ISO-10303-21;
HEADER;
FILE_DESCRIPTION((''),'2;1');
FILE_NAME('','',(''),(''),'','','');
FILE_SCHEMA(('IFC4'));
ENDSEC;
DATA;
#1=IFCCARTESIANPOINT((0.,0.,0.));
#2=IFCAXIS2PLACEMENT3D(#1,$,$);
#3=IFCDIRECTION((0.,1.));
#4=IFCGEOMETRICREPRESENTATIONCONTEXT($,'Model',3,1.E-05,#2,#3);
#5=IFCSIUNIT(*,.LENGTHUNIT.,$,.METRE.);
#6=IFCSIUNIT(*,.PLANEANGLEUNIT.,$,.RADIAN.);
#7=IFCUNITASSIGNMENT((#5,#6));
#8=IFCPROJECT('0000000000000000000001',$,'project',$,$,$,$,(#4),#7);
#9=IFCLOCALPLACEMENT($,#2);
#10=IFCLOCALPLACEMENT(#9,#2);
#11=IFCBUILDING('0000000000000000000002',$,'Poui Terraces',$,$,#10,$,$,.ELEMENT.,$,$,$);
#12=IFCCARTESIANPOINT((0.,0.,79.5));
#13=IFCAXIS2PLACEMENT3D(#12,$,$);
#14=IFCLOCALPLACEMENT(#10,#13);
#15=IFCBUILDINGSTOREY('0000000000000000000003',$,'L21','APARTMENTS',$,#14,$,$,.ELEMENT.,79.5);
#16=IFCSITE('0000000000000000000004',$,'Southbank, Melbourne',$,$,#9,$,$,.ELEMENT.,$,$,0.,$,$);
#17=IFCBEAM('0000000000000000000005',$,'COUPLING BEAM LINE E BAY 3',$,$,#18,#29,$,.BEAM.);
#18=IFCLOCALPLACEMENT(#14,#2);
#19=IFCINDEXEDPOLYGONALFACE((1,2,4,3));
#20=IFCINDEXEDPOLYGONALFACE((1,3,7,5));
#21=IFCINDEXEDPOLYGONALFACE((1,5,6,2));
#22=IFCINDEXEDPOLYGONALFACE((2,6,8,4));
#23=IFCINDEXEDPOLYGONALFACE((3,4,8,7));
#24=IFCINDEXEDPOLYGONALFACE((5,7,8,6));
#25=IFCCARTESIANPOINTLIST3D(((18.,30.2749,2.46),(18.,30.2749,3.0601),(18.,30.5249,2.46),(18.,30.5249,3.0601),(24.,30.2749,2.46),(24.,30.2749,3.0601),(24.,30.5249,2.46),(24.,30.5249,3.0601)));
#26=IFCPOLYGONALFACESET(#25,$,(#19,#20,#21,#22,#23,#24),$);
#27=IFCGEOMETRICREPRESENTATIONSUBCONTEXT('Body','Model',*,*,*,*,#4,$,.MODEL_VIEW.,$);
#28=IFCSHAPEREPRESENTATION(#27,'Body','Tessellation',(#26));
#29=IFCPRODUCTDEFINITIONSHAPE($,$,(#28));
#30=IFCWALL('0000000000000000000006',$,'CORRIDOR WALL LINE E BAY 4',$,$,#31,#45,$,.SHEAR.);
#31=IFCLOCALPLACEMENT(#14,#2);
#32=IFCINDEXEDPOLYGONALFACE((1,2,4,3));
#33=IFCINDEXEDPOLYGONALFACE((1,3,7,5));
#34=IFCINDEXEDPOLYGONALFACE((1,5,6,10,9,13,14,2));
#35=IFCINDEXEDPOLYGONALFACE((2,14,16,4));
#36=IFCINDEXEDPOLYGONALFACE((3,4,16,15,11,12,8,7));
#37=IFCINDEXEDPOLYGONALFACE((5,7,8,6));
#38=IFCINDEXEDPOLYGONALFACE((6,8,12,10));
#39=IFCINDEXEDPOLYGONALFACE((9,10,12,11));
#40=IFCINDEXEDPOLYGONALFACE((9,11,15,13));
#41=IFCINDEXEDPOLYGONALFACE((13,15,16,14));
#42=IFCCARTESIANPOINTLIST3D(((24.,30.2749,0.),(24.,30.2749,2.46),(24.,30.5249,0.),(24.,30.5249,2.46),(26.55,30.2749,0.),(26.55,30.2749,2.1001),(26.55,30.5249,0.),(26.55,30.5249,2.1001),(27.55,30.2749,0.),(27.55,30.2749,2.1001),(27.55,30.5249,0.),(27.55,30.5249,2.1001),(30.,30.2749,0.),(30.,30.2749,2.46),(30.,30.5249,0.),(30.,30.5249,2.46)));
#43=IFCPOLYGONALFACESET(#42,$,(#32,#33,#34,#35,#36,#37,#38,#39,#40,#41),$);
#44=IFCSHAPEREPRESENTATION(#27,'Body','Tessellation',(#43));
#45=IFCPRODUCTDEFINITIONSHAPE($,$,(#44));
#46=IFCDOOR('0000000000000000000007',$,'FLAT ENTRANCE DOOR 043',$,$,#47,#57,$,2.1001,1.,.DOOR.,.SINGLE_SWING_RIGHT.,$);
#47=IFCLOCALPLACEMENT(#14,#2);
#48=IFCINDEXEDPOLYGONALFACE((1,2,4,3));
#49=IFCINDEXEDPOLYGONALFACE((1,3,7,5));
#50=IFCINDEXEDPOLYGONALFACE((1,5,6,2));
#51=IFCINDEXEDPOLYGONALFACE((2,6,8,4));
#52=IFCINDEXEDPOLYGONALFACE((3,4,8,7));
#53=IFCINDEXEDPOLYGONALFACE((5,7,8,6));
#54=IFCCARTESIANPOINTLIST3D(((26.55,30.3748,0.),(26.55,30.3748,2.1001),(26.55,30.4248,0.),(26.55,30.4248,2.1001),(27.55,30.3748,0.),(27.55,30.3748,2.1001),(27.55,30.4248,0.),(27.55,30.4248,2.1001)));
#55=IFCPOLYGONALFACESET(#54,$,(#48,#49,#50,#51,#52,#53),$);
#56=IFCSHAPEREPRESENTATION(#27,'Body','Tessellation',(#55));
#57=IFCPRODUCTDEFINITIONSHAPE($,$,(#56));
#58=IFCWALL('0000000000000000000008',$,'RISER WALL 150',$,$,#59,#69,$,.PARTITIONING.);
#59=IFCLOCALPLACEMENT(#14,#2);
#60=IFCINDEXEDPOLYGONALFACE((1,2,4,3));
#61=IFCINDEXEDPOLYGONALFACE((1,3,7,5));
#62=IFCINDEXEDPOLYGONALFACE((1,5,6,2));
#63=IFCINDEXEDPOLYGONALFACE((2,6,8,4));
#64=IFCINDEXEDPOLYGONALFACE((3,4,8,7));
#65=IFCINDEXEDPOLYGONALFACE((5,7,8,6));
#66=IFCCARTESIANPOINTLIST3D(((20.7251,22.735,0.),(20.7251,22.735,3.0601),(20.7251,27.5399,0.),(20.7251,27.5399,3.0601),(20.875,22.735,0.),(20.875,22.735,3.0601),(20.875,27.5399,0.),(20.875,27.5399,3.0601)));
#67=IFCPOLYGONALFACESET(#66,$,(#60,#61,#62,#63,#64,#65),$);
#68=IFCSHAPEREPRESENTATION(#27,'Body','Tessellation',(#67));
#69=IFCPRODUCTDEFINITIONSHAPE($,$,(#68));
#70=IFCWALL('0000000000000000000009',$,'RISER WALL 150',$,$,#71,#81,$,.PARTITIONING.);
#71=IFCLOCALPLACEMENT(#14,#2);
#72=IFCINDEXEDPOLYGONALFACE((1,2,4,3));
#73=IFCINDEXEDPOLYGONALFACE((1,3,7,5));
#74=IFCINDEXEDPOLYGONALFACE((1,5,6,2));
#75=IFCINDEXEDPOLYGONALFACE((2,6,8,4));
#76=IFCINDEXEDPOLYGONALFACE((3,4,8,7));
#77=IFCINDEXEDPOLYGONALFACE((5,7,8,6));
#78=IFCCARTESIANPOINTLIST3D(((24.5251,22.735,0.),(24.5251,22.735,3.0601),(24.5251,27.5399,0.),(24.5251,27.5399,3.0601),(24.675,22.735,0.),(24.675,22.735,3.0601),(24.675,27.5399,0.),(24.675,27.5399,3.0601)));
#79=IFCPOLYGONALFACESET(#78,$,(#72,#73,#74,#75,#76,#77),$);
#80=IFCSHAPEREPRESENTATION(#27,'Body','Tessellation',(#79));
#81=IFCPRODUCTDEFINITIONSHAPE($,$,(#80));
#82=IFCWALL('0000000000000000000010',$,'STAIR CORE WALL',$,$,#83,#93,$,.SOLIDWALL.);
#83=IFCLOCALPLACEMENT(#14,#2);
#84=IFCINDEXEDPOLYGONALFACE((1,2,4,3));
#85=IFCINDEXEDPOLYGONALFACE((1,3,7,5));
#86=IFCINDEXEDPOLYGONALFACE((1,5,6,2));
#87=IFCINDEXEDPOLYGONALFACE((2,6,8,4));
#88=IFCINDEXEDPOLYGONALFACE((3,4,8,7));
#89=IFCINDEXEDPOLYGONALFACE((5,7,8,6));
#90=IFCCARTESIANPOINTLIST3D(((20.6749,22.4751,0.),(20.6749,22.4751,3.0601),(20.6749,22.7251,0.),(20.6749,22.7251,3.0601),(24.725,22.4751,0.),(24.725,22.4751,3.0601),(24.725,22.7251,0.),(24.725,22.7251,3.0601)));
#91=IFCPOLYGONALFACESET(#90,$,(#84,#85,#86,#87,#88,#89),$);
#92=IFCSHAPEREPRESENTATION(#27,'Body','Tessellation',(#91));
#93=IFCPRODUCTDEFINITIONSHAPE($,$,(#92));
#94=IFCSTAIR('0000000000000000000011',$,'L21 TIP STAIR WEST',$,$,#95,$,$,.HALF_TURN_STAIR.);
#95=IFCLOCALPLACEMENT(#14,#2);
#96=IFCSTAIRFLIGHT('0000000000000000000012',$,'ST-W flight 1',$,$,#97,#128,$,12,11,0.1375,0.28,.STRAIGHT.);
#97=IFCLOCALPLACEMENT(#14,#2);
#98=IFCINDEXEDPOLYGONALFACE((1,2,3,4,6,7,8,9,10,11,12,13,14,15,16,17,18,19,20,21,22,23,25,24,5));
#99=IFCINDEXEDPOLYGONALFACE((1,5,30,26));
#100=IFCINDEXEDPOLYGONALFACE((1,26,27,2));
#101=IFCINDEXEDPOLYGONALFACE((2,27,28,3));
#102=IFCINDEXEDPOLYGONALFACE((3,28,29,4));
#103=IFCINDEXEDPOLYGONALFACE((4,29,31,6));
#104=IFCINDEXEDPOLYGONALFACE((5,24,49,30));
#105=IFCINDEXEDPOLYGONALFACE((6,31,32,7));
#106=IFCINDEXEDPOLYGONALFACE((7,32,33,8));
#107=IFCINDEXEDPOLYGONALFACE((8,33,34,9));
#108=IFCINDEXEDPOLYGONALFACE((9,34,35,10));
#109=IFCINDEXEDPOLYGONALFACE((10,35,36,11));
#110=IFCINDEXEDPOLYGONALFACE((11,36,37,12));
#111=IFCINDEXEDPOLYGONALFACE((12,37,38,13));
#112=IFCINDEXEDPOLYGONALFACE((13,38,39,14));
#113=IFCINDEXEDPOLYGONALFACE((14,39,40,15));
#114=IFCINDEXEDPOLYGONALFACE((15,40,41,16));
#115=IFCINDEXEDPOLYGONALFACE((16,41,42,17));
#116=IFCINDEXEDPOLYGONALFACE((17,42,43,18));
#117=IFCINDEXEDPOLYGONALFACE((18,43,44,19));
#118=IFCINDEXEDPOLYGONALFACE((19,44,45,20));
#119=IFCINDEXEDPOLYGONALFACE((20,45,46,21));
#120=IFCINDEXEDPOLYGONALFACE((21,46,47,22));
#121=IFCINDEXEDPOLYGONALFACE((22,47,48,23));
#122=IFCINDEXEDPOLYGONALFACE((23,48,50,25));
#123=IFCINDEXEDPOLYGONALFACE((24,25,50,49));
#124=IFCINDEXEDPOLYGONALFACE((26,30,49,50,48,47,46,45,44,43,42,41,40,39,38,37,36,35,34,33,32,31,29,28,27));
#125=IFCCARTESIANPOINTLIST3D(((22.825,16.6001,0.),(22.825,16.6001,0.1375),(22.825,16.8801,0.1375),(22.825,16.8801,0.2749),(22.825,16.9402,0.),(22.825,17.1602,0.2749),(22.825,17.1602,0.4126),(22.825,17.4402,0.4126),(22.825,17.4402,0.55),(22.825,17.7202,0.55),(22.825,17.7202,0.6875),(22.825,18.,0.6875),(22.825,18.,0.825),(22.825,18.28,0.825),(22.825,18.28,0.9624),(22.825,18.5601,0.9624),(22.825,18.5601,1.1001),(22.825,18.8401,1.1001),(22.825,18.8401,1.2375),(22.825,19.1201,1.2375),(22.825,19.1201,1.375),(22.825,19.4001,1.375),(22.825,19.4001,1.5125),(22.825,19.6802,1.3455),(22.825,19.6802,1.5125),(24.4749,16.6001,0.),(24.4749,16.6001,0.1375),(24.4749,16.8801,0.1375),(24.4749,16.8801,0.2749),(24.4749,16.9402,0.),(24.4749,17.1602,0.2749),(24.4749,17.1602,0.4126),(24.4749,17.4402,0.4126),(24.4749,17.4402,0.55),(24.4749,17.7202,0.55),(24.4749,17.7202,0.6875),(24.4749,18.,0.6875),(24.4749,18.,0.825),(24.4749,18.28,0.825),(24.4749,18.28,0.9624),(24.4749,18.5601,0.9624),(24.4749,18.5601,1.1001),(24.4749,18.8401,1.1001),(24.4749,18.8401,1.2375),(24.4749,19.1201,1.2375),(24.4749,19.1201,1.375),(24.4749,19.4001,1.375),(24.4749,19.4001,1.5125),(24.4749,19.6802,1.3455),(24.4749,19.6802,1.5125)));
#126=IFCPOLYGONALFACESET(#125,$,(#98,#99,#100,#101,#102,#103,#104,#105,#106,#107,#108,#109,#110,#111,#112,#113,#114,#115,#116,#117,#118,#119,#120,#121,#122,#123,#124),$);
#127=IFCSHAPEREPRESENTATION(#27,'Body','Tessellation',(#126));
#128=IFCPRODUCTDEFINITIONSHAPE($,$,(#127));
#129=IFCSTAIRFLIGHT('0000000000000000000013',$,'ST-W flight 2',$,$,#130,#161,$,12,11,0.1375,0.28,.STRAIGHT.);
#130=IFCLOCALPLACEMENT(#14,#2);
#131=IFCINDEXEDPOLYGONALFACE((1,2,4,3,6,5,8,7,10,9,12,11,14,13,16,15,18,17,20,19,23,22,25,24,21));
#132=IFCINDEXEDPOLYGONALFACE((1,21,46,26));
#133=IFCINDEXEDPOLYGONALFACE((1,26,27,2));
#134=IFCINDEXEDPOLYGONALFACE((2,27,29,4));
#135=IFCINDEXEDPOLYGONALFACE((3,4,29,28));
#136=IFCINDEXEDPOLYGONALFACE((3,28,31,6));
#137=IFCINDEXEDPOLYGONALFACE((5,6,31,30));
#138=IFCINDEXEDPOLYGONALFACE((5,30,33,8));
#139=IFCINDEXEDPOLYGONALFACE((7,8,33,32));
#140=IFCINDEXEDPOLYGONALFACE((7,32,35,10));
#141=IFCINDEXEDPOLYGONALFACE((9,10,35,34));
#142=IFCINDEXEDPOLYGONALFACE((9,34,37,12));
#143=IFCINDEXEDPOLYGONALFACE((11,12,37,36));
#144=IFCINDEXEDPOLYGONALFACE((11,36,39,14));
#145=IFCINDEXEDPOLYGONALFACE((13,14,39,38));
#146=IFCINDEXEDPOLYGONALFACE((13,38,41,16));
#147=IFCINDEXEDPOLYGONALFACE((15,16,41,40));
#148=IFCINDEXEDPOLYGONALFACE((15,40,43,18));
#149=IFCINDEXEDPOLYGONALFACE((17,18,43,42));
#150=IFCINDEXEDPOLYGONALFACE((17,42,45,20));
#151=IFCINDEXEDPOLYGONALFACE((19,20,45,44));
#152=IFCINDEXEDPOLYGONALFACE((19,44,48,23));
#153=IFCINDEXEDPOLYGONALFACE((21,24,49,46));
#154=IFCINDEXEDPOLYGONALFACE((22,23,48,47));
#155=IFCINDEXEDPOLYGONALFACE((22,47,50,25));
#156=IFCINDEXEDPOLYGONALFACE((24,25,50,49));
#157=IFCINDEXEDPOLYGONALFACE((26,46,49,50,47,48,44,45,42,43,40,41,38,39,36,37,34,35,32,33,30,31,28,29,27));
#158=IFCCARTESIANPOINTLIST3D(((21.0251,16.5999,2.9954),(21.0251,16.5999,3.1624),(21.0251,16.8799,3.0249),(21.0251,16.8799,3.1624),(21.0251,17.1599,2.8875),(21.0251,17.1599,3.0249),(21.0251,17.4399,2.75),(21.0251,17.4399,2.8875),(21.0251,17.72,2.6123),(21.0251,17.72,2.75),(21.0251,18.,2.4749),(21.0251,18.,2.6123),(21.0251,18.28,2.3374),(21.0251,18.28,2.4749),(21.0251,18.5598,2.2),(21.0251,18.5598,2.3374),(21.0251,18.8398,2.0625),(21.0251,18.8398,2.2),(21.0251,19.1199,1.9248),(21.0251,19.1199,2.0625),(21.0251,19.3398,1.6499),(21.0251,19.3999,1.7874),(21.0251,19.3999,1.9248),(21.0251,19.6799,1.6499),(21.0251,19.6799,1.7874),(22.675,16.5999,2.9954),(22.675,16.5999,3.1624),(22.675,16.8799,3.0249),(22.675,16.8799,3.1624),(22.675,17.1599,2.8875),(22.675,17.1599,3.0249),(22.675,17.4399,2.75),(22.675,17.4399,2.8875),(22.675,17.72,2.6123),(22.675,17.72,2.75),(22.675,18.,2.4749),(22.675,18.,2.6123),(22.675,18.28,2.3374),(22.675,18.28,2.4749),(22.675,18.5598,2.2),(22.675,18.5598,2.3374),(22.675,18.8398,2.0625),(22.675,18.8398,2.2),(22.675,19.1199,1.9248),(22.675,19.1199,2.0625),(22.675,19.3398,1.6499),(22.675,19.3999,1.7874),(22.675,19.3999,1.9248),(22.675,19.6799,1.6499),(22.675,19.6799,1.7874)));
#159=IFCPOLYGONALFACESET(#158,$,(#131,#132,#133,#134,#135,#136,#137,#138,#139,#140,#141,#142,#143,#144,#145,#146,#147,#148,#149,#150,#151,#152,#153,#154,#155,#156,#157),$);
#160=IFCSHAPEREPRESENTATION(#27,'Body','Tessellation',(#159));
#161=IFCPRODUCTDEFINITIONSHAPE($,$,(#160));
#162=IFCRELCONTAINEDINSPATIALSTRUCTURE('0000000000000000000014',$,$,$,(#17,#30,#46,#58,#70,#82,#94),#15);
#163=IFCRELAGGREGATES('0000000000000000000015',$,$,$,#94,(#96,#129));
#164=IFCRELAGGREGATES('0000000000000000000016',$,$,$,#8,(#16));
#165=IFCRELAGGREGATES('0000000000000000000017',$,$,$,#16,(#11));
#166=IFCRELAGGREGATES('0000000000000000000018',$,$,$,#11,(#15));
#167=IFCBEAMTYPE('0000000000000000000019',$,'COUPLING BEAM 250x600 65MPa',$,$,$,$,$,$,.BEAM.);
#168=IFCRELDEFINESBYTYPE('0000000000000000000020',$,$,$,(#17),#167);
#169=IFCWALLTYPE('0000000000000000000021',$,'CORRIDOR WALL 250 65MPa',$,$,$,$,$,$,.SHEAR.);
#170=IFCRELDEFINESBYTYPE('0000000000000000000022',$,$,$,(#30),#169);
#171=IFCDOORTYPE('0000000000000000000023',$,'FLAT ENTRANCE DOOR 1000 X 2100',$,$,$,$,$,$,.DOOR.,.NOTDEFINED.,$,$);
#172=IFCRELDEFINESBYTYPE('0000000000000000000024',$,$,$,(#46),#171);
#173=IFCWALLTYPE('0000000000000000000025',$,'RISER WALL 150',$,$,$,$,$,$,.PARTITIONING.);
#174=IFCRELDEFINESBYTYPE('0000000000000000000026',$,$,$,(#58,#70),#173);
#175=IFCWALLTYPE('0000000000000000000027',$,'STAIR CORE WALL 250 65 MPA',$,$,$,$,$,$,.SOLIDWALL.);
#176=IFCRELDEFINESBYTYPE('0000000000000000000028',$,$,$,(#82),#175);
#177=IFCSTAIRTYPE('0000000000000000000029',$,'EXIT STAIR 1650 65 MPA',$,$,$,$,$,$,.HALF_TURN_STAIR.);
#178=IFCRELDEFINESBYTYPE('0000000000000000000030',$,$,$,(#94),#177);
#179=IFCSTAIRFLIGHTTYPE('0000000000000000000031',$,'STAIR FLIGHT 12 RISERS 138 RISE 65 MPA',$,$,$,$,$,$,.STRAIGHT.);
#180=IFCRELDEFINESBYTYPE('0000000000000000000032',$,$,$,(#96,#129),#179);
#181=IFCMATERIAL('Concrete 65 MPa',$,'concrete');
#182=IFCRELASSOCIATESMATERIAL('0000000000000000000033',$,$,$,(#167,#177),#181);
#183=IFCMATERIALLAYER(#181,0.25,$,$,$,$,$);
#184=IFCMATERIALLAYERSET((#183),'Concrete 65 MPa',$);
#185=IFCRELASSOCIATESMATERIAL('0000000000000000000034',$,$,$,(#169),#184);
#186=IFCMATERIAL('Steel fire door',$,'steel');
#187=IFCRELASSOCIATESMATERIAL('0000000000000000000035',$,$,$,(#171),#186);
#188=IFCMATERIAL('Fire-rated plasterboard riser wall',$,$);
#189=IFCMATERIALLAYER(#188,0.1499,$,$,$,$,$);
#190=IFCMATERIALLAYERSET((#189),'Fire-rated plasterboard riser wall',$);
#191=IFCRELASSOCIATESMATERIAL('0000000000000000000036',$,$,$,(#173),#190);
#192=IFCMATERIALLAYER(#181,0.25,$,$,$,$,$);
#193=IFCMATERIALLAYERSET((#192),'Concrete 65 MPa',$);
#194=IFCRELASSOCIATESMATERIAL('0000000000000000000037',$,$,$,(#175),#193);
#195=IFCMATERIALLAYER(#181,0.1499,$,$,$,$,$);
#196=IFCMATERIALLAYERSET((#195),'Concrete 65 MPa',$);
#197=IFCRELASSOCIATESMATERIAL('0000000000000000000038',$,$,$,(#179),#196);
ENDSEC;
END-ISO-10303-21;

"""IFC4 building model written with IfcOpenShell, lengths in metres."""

from ifc_helpers import new_model, si_unit, direction, frame, frame_2d, origin, origin_2d, place, context, subcontext, project, spatial, polyline, rectangle, outline, extrude, source, transform, mapped, material, layer, layer_set, material_profile, profile_set, type_object, element, fill, aggregate, save


model = new_model("IFC4")

# Units and contexts
model_context = context("Model", 3, precision=1e-05, world=origin(), true_north=direction((0.0, 1.0)))
body_context = subcontext(model_context, "Body", "Model", "MODEL_VIEW")
ifc_project = project(units=[si_unit("LENGTHUNIT", "METRE"), si_unit("PLANEANGLEUNIT", "RADIAN")], contexts=[model_context])

# Site, building, storey
site_placement = place(None, origin())
site = spatial("IfcSite", under=ifc_project, at=site_placement, Name="Southbank, Melbourne", CompositionType="ELEMENT", RefElevation=0.0)
building_placement = place(site_placement, origin())
building = spatial("IfcBuilding", under=site, at=building_placement, Name="Poui Terraces", CompositionType="ELEMENT")
storey_placement = place(building_placement, frame((0.0, 0.0, 79.5)))
storey = spatial("IfcBuildingStorey", under=building, at=storey_placement, Name="L21", Description="APARTMENTS", CompositionType="ELEMENT", Elevation=79.5)

# Beam
ifc_material_1 = material(Name="Concrete 65 MPa", Category="concrete")
ifc_material_profile = material_profile(ifc_material_1, rectangle(XDim=0.25, YDim=0.6001, at=origin_2d()), Name="RC 250x600")
ifc_profile_set = profile_set([ifc_material_profile], Name="Concrete 65 MPa")
beam_type = type_object("IfcBeamType", Name="COUPLING BEAM 250x600 65MPa", PredefinedType="BEAM", material=ifc_profile_set)
shared_shape = source(origin(), body_context, "Body", "SweptSolid", [
    extrude(rectangle(XDim=0.25, YDim=0.6001, at=origin_2d()), origin(), (0.0, 0.0, 1.0), 6.0),
])
beam_placement = place(storey_placement, frame((18.0, 30.3999, 2.76), z_axis=(1.0, 0.0, 0.0), x_axis=(0.0, 1.0, 0.0)))
element("IfcBeam", 1, at=beam_placement, inside=storey, type_object=beam_type, Name="COUPLING BEAM LINE E BAY 3", PredefinedType="BEAM", context=body_context, shape_type="MappedRepresentation", body=[
    mapped(shared_shape, transform((0.0, 0.0, 0.0))),
])

# Wall, opening, door
ifc_layer_1 = layer(ifc_material_1, 0.25)
ifc_layer_set_1 = layer_set([ifc_layer_1], Name="Concrete 65 MPa")
wall_type_1 = type_object("IfcWallType", Name="CORRIDOR WALL 250 65MPa", PredefinedType="SHEAR", material=ifc_layer_set_1)
wall_1_placement = place(storey_placement, frame((24.0, 30.3999, 0.0), z_axis=(0.0, 0.0, 1.0), x_axis=(1.0, 0.0, 0.0)))
wall_1 = element("IfcWall", 2, at=wall_1_placement, inside=storey, type_object=wall_type_1, Name="CORRIDOR WALL LINE E BAY 4", PredefinedType="SHEAR", context=body_context, shape_type="SweptSolid", body=[
    extrude(rectangle(XDim=6.0, YDim=0.25, at=frame_2d((3.0, 0.0))), origin(), (0.0, 0.0, 1.0), 2.46),
])
opening_placement = place(wall_1_placement, frame((2.55, 0.0, 0.0)))
opening = element("IfcOpeningElement", 3, at=opening_placement, cuts=wall_1, PredefinedType="OPENING", context=body_context, shape_type="SweptSolid", body=[
    extrude(rectangle(XDim=1.0, YDim=2.1001, at=frame_2d((0.5, 1.05))), frame((0.0, 0.135, 0.0), z_axis=(0.0, -1.0, 0.0), x_axis=(1.0, 0.0, 0.0)), (0.0, 0.0, 1.0), 0.27),
])
ifc_material_2 = material(Name="Steel fire door", Category="steel")
door_type = type_object("IfcDoorType", Name="FLAT ENTRANCE DOOR 1000 X 2100", OperationType="NOTDEFINED", PredefinedType="DOOR", material=ifc_material_2)
door_placement = place(opening_placement, origin())
door = element("IfcDoor", 4, at=door_placement, inside=storey, type_object=door_type, Name="FLAT ENTRANCE DOOR 043", OperationType="SINGLE_SWING_RIGHT", OverallHeight=2.1001, OverallWidth=1.0, PredefinedType="DOOR", context=body_context, shape_type="SweptSolid", body=[
    extrude(rectangle(XDim=1.0, YDim=2.1001, at=frame_2d((0.5, 1.05))), frame((0.0, 0.0249, 0.0), z_axis=(0.0, -1.0, 0.0), x_axis=(1.0, 0.0, 0.0)), (0.0, 0.0, 1.0), 0.05),
])
fill(opening, door)

# Walls
ifc_material_3 = material(Name="Fire-rated plasterboard riser wall")
ifc_layer_2 = layer(ifc_material_3, 0.1499)
ifc_layer_set_2 = layer_set([ifc_layer_2], Name="Fire-rated plasterboard riser wall")
wall_type_2 = type_object("IfcWallType", Name="RISER WALL 150", PredefinedType="PARTITIONING", material=ifc_layer_set_2)
for number, where, z_axis, x_axis, name in (
    (5, (20.8, 22.7351, 0.0), (0.0, 0.0, 1.0), (0.0, 1.0, 0.0), "RISER WALL 150"),
    (6, (24.6001, 22.7351, 0.0), (0.0, 0.0, 1.0), (0.0, 1.0, 0.0), "RISER WALL 150"),
):
    element("IfcWall", number, at=place(storey_placement, frame(where, z_axis=z_axis, x_axis=x_axis)), inside=storey, type_object=wall_type_2, Name=name, PredefinedType="PARTITIONING", context=body_context, shape_type="SweptSolid", body=[
        extrude(rectangle(XDim=4.8049, YDim=0.1499, at=frame_2d((2.4023, 0.0))), origin(), (0.0, 0.0, 1.0), 3.0601),
    ])
ifc_layer_3 = layer(ifc_material_1, 0.25)
ifc_layer_set_3 = layer_set([ifc_layer_3], Name="Concrete 65 MPa")
wall_type_3 = type_object("IfcWallType", Name="STAIR CORE WALL 250 65 MPA", PredefinedType="SOLIDWALL", material=ifc_layer_set_3)
wall_2_placement = place(storey_placement, frame((20.675, 22.6001, 0.0), z_axis=(0.0, 0.0, 1.0), x_axis=(1.0, 0.0, 0.0)))
element("IfcWall", 7, at=wall_2_placement, inside=storey, type_object=wall_type_3, Name="STAIR CORE WALL", PredefinedType="SOLIDWALL", context=body_context, shape_type="SweptSolid", body=[
    extrude(rectangle(XDim=4.05, YDim=0.25, at=frame_2d((2.0249, 0.0))), origin(), (0.0, 0.0, 1.0), 3.0601),
])

# Stair, stair flights
stair_type = type_object("IfcStairType", Name="EXIT STAIR 1650 65 MPA", PredefinedType="HALF_TURN_STAIR", material=ifc_material_1)
stair_placement = place(storey_placement, origin())
stair = element("IfcStair", 8, at=stair_placement, inside=storey, type_object=stair_type, Name="L21 TIP STAIR WEST", PredefinedType="HALF_TURN_STAIR")
ifc_layer_4 = layer(ifc_material_1, 0.1499)
ifc_layer_set_4 = layer_set([ifc_layer_4], Name="Concrete 65 MPa")
stair_flight_type = type_object("IfcStairFlightType", Name="STAIR FLIGHT 12 RISERS 138 RISE 65 MPA", PredefinedType="STRAIGHT", material=ifc_layer_set_4)
stair_flight_1_placement = place(storey_placement, frame((23.6499, 16.6001, 0.0), z_axis=(0.0, 0.0, 1.0), x_axis=(0.0, 1.0, 0.0)))
stair_flight_1 = element("IfcStairFlight", 9, at=stair_flight_1_placement, type_object=stair_flight_type, Name="ST-W flight 1", NumberOfRisers=12, NumberOfTreads=11, PredefinedType="STRAIGHT", RiserHeight=0.1375, TreadLength=0.28, context=body_context, shape_type="SweptSolid", body=[
    extrude(outline(polyline([(0.0, 0.0), (0.0, 0.1375), (0.28, 0.1375), (0.28, 0.2749), (0.5601, 0.2749), (0.5601, 0.4126), (0.8401, 0.4126), (0.8401, 0.55), (1.1201, 0.55), (1.1201, 0.6875), (1.3999, 0.6875), (1.3999, 0.825), (1.6799, 0.825), (1.6799, 0.9624), (1.96, 0.9624), (1.96, 1.1001), (2.24, 1.1001), (2.24, 1.2375), (2.52, 1.2375), (2.52, 1.375), (2.8, 1.375), (2.8, 1.5125), (3.0801, 1.5125), (3.0801, 1.6499), (3.0801, 1.3455), (0.3401, 0.0), (0.0, 0.0)])), frame((0.0, 0.825, 0.0), z_axis=(0.0, -1.0, 0.0), x_axis=(1.0, 0.0, 0.0)), (0.0, 0.0, 1.0), 1.6499),
])
stair_flight_2_placement = place(storey_placement, frame((21.8501, 19.6799, 1.6499), z_axis=(0.0, 0.0, 1.0), x_axis=(0.0, -1.0, 0.0)))
stair_flight_2 = element("IfcStairFlight", 10, at=stair_flight_2_placement, type_object=stair_flight_type, Name="ST-W flight 2", NumberOfRisers=12, NumberOfTreads=11, PredefinedType="STRAIGHT", RiserHeight=0.1375, TreadLength=0.28, context=body_context, shape_type="SweptSolid", body=[
    extrude(outline(polyline([(0.0, 0.0), (0.0, 0.1375), (0.28, 0.1375), (0.28, 0.2749), (0.5601, 0.2749), (0.5601, 0.4126), (0.8401, 0.4126), (0.8401, 0.55), (1.1201, 0.55), (1.1201, 0.6875), (1.3999, 0.6875), (1.3999, 0.825), (1.6799, 0.825), (1.6799, 0.9624), (1.96, 0.9624), (1.96, 1.1001), (2.24, 1.1001), (2.24, 1.2375), (2.52, 1.2375), (2.52, 1.375), (2.8, 1.375), (2.8, 1.5125), (3.0801, 1.5125), (3.0801, 1.6499), (3.0801, 1.3455), (0.3401, 0.0), (0.0, 0.0)])), frame((0.0, 0.825, 0.0), z_axis=(0.0, -1.0, 0.0), x_axis=(1.0, 0.0, 0.0)), (0.0, 0.0, 1.0), 1.6499),
])
aggregate(stair, [stair_flight_1, stair_flight_2])

save(model, "model.ifc")
